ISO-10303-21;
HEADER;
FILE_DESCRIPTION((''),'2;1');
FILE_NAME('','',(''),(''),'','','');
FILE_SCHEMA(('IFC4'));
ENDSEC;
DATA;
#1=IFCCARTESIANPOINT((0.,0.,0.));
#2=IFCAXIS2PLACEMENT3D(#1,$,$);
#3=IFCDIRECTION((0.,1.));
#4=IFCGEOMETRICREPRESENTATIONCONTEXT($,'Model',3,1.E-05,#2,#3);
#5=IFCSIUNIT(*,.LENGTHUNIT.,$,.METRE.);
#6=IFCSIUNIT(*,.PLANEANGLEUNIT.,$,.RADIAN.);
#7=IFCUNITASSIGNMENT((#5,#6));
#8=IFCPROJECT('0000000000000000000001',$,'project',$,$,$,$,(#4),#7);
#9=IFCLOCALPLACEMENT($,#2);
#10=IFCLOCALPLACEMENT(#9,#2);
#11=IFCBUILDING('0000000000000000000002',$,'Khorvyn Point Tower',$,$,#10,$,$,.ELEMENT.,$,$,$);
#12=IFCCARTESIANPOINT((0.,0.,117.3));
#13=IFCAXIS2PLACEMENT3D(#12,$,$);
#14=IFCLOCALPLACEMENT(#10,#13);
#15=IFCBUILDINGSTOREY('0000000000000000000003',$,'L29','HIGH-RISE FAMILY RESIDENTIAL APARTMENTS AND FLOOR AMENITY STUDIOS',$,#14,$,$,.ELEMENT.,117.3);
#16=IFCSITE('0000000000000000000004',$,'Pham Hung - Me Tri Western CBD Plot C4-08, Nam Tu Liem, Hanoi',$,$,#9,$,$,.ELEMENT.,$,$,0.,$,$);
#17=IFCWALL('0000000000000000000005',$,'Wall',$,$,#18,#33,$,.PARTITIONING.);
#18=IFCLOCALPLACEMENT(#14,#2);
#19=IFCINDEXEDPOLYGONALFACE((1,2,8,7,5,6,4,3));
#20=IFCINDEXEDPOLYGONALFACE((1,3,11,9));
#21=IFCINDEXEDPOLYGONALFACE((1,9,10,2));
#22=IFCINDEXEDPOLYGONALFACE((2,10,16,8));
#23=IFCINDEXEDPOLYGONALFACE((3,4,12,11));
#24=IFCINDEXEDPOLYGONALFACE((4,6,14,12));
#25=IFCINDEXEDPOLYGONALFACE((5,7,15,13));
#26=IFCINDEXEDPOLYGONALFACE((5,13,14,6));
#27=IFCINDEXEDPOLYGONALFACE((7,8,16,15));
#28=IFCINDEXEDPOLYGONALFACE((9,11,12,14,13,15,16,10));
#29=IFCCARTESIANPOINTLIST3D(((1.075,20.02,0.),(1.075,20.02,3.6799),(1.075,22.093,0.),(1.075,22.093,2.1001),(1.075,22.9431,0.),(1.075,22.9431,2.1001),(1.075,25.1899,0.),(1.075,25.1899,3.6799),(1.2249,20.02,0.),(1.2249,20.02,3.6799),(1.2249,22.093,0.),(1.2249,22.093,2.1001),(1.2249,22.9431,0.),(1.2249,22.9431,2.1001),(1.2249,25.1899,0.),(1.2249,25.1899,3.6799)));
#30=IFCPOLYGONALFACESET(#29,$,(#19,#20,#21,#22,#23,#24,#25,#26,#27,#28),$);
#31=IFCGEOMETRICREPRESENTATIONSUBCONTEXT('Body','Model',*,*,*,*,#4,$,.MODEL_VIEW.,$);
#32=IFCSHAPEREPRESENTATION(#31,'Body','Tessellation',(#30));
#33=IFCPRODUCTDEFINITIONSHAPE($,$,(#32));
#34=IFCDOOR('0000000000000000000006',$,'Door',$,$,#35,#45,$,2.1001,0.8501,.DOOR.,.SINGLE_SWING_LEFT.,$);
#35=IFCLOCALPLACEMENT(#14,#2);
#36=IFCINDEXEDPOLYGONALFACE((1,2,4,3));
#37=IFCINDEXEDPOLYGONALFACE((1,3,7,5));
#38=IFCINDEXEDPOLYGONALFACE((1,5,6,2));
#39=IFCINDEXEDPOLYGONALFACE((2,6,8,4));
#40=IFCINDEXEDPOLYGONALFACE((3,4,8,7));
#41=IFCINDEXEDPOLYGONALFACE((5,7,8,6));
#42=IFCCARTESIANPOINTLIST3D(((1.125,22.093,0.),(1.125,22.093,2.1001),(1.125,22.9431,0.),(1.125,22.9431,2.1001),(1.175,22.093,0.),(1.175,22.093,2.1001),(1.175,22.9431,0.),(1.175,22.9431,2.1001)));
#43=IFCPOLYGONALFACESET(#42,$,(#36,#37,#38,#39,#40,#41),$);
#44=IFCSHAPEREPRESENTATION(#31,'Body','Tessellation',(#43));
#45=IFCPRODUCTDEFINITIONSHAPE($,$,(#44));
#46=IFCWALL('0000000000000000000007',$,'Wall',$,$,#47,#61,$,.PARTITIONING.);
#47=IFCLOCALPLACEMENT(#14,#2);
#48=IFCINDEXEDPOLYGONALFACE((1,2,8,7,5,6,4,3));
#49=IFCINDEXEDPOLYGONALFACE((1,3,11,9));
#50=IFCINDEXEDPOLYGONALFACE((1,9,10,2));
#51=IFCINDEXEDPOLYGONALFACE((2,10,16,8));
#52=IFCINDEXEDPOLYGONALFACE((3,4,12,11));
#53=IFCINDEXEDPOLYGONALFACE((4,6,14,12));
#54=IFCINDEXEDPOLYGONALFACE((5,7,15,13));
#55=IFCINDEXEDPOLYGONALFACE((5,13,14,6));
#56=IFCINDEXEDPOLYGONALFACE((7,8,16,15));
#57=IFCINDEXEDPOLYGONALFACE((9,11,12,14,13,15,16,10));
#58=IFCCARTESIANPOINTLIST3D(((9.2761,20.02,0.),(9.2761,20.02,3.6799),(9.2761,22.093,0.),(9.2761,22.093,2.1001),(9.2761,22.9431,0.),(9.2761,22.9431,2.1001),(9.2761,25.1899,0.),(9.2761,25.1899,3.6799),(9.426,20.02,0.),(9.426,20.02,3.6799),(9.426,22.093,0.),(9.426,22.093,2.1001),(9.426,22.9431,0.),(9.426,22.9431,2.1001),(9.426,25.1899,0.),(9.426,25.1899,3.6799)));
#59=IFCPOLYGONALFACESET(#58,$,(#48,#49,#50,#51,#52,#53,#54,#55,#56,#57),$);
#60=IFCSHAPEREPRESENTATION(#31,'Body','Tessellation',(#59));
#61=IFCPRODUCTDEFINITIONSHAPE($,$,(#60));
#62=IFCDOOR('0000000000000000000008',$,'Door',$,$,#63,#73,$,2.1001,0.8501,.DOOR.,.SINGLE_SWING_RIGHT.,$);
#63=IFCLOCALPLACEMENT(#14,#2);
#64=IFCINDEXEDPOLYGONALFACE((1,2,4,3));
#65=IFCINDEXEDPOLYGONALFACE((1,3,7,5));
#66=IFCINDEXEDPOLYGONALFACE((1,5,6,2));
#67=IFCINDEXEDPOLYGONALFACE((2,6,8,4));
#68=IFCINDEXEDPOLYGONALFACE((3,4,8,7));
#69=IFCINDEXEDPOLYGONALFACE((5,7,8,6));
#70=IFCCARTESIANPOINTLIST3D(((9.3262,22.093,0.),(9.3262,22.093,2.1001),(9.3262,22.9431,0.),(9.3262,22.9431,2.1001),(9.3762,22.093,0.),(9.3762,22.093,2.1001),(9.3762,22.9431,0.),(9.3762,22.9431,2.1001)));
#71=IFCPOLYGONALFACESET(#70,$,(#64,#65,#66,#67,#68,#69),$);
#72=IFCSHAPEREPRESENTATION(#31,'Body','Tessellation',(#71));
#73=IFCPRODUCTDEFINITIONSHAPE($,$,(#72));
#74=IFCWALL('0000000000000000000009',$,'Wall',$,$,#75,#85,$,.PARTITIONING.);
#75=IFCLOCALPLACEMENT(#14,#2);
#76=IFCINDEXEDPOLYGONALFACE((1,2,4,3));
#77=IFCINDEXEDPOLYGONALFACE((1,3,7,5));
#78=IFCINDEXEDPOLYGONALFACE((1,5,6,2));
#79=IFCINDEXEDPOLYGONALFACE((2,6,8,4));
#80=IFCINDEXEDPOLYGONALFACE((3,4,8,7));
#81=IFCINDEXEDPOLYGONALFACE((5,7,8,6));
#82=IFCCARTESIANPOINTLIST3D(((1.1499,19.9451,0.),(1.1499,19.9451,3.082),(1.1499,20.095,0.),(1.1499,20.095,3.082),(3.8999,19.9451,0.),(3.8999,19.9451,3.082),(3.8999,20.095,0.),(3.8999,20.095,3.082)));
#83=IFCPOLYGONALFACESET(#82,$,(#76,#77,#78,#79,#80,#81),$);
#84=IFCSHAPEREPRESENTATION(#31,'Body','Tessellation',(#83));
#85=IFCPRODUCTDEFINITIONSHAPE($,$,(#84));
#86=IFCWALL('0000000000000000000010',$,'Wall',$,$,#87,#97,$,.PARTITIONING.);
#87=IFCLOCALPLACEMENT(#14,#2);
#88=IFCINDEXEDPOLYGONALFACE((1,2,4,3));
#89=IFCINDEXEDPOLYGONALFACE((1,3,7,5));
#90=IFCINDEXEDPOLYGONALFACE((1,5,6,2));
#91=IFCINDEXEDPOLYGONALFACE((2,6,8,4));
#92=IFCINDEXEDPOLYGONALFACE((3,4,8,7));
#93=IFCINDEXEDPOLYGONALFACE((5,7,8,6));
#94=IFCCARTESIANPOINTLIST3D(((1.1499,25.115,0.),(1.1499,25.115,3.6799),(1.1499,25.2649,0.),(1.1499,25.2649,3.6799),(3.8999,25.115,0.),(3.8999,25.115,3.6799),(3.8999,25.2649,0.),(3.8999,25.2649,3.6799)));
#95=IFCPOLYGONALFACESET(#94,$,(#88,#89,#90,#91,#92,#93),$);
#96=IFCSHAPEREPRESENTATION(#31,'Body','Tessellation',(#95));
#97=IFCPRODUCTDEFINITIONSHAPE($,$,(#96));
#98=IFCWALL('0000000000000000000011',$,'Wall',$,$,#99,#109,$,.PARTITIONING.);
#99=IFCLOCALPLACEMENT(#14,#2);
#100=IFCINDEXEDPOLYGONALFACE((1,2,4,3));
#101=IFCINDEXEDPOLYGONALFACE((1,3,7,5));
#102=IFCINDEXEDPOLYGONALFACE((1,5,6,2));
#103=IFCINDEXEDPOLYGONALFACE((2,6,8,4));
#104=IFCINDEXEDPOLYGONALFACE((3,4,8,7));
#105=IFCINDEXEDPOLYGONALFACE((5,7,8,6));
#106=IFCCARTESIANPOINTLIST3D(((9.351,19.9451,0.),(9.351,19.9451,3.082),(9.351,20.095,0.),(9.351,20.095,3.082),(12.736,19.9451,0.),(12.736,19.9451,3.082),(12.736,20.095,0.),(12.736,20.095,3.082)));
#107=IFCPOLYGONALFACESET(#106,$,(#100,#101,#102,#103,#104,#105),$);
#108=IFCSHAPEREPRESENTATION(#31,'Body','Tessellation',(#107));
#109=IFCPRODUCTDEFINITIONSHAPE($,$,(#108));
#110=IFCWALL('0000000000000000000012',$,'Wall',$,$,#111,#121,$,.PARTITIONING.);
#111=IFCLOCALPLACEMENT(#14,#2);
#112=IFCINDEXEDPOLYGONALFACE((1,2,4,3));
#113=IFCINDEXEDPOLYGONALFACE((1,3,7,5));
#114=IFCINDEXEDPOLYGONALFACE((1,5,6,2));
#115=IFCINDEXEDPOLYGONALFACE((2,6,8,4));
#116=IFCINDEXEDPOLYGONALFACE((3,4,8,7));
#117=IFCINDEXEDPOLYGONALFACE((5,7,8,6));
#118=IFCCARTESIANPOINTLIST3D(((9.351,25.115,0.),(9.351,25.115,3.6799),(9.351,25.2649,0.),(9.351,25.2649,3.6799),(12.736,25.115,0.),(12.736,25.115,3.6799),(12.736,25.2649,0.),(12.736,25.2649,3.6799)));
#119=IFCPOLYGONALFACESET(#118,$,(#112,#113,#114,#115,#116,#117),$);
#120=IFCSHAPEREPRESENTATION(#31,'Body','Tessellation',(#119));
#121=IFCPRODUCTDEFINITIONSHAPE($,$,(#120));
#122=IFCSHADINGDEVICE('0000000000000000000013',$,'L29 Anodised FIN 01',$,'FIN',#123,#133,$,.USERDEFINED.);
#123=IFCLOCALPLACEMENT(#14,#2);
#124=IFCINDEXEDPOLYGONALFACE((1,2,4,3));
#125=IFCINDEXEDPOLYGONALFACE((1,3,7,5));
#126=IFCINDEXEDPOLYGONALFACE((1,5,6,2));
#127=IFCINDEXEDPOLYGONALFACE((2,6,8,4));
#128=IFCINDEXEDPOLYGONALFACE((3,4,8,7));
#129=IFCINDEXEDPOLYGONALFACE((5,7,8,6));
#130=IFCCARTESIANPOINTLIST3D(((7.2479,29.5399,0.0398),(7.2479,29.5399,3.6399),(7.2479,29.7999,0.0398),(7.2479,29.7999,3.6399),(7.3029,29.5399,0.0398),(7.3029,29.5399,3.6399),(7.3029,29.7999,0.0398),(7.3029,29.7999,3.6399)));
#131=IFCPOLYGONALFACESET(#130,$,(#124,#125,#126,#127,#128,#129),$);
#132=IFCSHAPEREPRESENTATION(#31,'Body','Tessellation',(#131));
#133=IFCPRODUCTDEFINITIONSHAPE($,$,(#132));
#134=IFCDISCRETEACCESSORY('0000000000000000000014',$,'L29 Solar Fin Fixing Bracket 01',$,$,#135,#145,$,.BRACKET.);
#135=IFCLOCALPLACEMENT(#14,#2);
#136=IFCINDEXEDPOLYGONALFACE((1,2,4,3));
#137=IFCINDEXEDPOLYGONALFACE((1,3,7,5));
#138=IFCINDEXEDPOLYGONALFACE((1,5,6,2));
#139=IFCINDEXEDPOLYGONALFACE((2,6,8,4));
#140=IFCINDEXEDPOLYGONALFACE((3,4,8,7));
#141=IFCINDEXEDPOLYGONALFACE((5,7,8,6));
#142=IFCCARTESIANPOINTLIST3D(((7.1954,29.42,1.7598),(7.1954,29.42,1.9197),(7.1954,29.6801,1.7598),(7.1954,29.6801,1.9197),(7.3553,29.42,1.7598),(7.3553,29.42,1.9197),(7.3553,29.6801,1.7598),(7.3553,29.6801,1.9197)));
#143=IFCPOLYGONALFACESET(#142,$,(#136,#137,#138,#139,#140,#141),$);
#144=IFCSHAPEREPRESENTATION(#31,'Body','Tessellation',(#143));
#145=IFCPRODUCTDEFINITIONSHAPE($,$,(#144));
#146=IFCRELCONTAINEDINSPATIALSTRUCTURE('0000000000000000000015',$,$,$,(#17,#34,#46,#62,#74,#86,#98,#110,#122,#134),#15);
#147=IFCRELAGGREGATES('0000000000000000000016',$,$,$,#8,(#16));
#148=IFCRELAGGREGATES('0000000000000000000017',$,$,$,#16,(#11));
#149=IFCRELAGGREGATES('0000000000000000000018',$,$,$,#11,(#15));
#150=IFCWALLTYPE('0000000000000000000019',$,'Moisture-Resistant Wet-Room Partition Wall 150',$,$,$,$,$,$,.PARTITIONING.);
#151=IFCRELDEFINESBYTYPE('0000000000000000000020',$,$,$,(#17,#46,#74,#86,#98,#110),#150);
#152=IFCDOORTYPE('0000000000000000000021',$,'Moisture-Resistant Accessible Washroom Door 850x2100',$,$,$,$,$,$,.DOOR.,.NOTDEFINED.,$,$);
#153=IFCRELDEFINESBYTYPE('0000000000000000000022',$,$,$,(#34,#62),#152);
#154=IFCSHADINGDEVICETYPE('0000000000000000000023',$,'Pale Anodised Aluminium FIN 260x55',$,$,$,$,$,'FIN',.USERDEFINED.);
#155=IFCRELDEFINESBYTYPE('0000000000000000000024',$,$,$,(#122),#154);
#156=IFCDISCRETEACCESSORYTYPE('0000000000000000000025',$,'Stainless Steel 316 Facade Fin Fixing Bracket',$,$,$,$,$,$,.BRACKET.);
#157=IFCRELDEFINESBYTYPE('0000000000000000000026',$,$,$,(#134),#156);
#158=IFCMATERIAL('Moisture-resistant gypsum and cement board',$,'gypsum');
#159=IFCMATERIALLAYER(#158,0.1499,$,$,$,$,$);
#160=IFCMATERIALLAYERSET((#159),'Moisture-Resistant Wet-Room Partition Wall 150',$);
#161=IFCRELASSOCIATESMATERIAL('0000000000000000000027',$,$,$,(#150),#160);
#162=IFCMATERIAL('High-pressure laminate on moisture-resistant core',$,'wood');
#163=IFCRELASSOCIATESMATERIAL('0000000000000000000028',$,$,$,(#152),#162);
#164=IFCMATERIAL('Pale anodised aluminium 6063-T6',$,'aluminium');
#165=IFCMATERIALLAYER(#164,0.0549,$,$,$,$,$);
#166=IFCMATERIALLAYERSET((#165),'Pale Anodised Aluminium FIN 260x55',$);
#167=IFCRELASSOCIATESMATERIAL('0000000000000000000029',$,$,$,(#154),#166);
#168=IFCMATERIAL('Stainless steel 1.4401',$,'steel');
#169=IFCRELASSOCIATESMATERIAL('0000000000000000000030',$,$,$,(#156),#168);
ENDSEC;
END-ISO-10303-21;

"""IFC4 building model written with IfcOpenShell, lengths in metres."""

from ifc_helpers import new_model, si_unit, direction, frame, frame_2d, origin, origin_2d, place, context, subcontext, project, spatial, rectangle, extrude, material, layer, layer_set, type_object, element, fill, save


model = new_model("IFC4")

# Units and contexts
model_context = context("Model", 3, precision=1e-05, world=origin(), true_north=direction((0.0, 1.0)))
body_context = subcontext(model_context, "Body", "Model", "MODEL_VIEW")
ifc_project = project(units=[si_unit("LENGTHUNIT", "METRE"), si_unit("PLANEANGLEUNIT", "RADIAN")], contexts=[model_context])

# Site, building, storey
site_placement = place(None, origin())
site = spatial("IfcSite", under=ifc_project, at=site_placement, Name="Pham Hung - Me Tri Western CBD Plot C4-08, Nam Tu Liem, Hanoi", CompositionType="ELEMENT", RefElevation=0.0)
building_placement = place(site_placement, origin())
building = spatial("IfcBuilding", under=site, at=building_placement, Name="Khorvyn Point Tower", CompositionType="ELEMENT")
storey_placement = place(building_placement, frame((0.0, 0.0, 117.3)))
storey = spatial("IfcBuildingStorey", under=building, at=storey_placement, Name="L29", Description="HIGH-RISE FAMILY RESIDENTIAL APARTMENTS AND FLOOR AMENITY STUDIOS", CompositionType="ELEMENT", Elevation=117.3)

# Walls, openings, doors
ifc_material_1 = material(Name="Moisture-resistant gypsum and cement board", Category="gypsum")
ifc_layer_1 = layer(ifc_material_1, 0.1499)
ifc_layer_set_1 = layer_set([ifc_layer_1], Name="Moisture-Resistant Wet-Room Partition Wall 150")
wall_type_1 = type_object("IfcWallType", Name="Moisture-Resistant Wet-Room Partition Wall 150", PredefinedType="PARTITIONING", material=ifc_layer_set_1)
wall_1_placement = place(storey_placement, frame((1.1499, 20.02, 0.0), z_axis=(0.0, 0.0, 1.0), x_axis=(0.0, 1.0, 0.0)))
wall_1 = element("IfcWall", 1, at=wall_1_placement, inside=storey, type_object=wall_type_1, Name="Wall", PredefinedType="PARTITIONING", context=body_context, shape_type="SweptSolid", body=[
    extrude(rectangle(XDim=5.1699, YDim=0.1499, at=frame_2d((2.585, 0.0))), origin(), (0.0, 0.0, 1.0), 3.6799),
])
opening_1_placement = place(wall_1_placement, frame((2.073, 0.0, 0.0)))
opening_1 = element("IfcOpeningElement", 2, at=opening_1_placement, cuts=wall_1, PredefinedType="OPENING", context=body_context, shape_type="SweptSolid", body=[
    extrude(rectangle(XDim=0.8501, YDim=2.1001, at=frame_2d((0.425, 1.05))), frame((0.0, 0.085, 0.0), z_axis=(0.0, -1.0, 0.0), x_axis=(1.0, 0.0, 0.0)), (0.0, 0.0, 1.0), 0.1699),
])
ifc_material_2 = material(Name="High-pressure laminate on moisture-resistant core", Category="wood")
door_type_1 = type_object("IfcDoorType", Name="Moisture-Resistant Accessible Washroom Door 850x2100", OperationType="NOTDEFINED", PredefinedType="DOOR", material=ifc_material_2)
door_1_placement = place(opening_1_placement, origin())
door_1 = element("IfcDoor", 3, at=door_1_placement, inside=storey, type_object=door_type_1, Name="Door", OperationType="SINGLE_SWING_LEFT", OverallHeight=2.1001, OverallWidth=0.8501, PredefinedType="DOOR", context=body_context, shape_type="SweptSolid", body=[
    extrude(rectangle(XDim=0.8501, YDim=2.1001, at=frame_2d((0.425, 1.05))), frame((0.0, 0.0249, 0.0), z_axis=(0.0, -1.0, 0.0), x_axis=(1.0, 0.0, 0.0)), (0.0, 0.0, 1.0), 0.05),
])
fill(opening_1, door_1)
wall_2_placement = place(storey_placement, frame((9.3511, 20.02, 0.0), z_axis=(0.0, 0.0, 1.0), x_axis=(0.0, 1.0, 0.0)))
wall_2 = element("IfcWall", 4, at=wall_2_placement, inside=storey, type_object=wall_type_1, Name="Wall", PredefinedType="PARTITIONING", context=body_context, shape_type="SweptSolid", body=[
    extrude(rectangle(XDim=5.1699, YDim=0.1499, at=frame_2d((2.585, 0.0))), origin(), (0.0, 0.0, 1.0), 3.6799),
])
opening_2_placement = place(wall_2_placement, frame((2.073, 0.0, 0.0)))
opening_2 = element("IfcOpeningElement", 5, at=opening_2_placement, cuts=wall_2, PredefinedType="OPENING", context=body_context, shape_type="SweptSolid", body=[
    extrude(rectangle(XDim=0.8501, YDim=2.1001, at=frame_2d((0.425, 1.05))), frame((0.0, 0.085, 0.0), z_axis=(0.0, -1.0, 0.0), x_axis=(1.0, 0.0, 0.0)), (0.0, 0.0, 1.0), 0.1699),
])
door_2_placement = place(opening_2_placement, origin())
door_2 = element("IfcDoor", 6, at=door_2_placement, inside=storey, type_object=door_type_1, Name="Door", OperationType="SINGLE_SWING_RIGHT", OverallHeight=2.1001, OverallWidth=0.8501, PredefinedType="DOOR", context=body_context, shape_type="SweptSolid", body=[
    extrude(rectangle(XDim=0.8501, YDim=2.1001, at=frame_2d((0.425, 1.05))), frame((0.0, 0.0249, 0.0), z_axis=(0.0, -1.0, 0.0), x_axis=(1.0, 0.0, 0.0)), (0.0, 0.0, 1.0), 0.05),
])
fill(opening_2, door_2)

# Walls
wall_3_placement = place(storey_placement, frame((1.1499, 20.02, 0.0), z_axis=(0.0, 0.0, 1.0), x_axis=(1.0, 0.0, 0.0)))
element("IfcWall", 7, at=wall_3_placement, inside=storey, type_object=wall_type_1, Name="Wall", PredefinedType="PARTITIONING", context=body_context, shape_type="SweptSolid", body=[
    extrude(rectangle(XDim=2.75, YDim=0.1499, at=frame_2d((1.375, 0.0))), origin(), (0.0, 0.0, 1.0), 3.082),
])
wall_4_placement = place(storey_placement, frame((1.1499, 25.1899, 0.0), z_axis=(0.0, 0.0, 1.0), x_axis=(1.0, 0.0, 0.0)))
element("IfcWall", 8, at=wall_4_placement, inside=storey, type_object=wall_type_1, Name="Wall", PredefinedType="PARTITIONING", context=body_context, shape_type="SweptSolid", body=[
    extrude(rectangle(XDim=2.75, YDim=0.1499, at=frame_2d((1.375, 0.0))), origin(), (0.0, 0.0, 1.0), 3.6799),
])
wall_5_placement = place(storey_placement, frame((9.3511, 20.02, 0.0), z_axis=(0.0, 0.0, 1.0), x_axis=(1.0, 0.0, 0.0)))
element("IfcWall", 9, at=wall_5_placement, inside=storey, type_object=wall_type_1, Name="Wall", PredefinedType="PARTITIONING", context=body_context, shape_type="SweptSolid", body=[
    extrude(rectangle(XDim=3.385, YDim=0.1499, at=frame_2d((1.6924, 0.0))), origin(), (0.0, 0.0, 1.0), 3.082),
])
wall_6_placement = place(storey_placement, frame((9.3511, 25.1899, 0.0), z_axis=(0.0, 0.0, 1.0), x_axis=(1.0, 0.0, 0.0)))
element("IfcWall", 10, at=wall_6_placement, inside=storey, type_object=wall_type_1, Name="Wall", PredefinedType="PARTITIONING", context=body_context, shape_type="SweptSolid", body=[
    extrude(rectangle(XDim=3.385, YDim=0.1499, at=frame_2d((1.6924, 0.0))), origin(), (0.0, 0.0, 1.0), 3.6799),
])

# Shading device
ifc_material_3 = material(Name="Pale anodised aluminium 6063-T6", Category="aluminium")
ifc_layer_2 = layer(ifc_material_3, 0.0549)
ifc_layer_set_2 = layer_set([ifc_layer_2], Name="Pale Anodised Aluminium FIN 260x55")
shading_device_type = type_object("IfcShadingDeviceType", Name="Pale Anodised Aluminium FIN 260x55", ElementType="FIN", PredefinedType="USERDEFINED", material=ifc_layer_set_2)
shading_device_placement = place(storey_placement, frame((7.2754, 29.6699, 0.0398), z_axis=(0.0, 0.0, 1.0), x_axis=(0.0, 1.0, 0.0)))
element("IfcShadingDevice", 11, at=shading_device_placement, inside=storey, type_object=shading_device_type, Name="L29 Anodised FIN 01", ObjectType="FIN", PredefinedType="USERDEFINED", context=body_context, shape_type="SweptSolid", body=[
    extrude(rectangle(XDim=0.26, YDim=0.0549, at=origin_2d()), origin(), (0.0, 0.0, 1.0), 3.6001),
])

# Discrete accessory
ifc_material_4 = material(Name="Stainless steel 1.4401", Category="steel")
discrete_accessory_type = type_object("IfcDiscreteAccessoryType", Name="Stainless Steel 316 Facade Fin Fixing Bracket", PredefinedType="BRACKET", material=ifc_material_4)
discrete_accessory_placement = place(storey_placement, frame((7.2754, 29.55, 1.7598), z_axis=(0.0, 0.0, 1.0), x_axis=(1.0, 0.0, 0.0)))
element("IfcDiscreteAccessory", 12, at=discrete_accessory_placement, inside=storey, type_object=discrete_accessory_type, Name="L29 Solar Fin Fixing Bracket 01", PredefinedType="BRACKET", context=body_context, shape_type="SweptSolid", body=[
    extrude(rectangle(XDim=0.1599, YDim=0.26, at=origin_2d()), origin(), (0.0, 0.0, 1.0), 0.1599),
])

save(model, "model.ifc")
